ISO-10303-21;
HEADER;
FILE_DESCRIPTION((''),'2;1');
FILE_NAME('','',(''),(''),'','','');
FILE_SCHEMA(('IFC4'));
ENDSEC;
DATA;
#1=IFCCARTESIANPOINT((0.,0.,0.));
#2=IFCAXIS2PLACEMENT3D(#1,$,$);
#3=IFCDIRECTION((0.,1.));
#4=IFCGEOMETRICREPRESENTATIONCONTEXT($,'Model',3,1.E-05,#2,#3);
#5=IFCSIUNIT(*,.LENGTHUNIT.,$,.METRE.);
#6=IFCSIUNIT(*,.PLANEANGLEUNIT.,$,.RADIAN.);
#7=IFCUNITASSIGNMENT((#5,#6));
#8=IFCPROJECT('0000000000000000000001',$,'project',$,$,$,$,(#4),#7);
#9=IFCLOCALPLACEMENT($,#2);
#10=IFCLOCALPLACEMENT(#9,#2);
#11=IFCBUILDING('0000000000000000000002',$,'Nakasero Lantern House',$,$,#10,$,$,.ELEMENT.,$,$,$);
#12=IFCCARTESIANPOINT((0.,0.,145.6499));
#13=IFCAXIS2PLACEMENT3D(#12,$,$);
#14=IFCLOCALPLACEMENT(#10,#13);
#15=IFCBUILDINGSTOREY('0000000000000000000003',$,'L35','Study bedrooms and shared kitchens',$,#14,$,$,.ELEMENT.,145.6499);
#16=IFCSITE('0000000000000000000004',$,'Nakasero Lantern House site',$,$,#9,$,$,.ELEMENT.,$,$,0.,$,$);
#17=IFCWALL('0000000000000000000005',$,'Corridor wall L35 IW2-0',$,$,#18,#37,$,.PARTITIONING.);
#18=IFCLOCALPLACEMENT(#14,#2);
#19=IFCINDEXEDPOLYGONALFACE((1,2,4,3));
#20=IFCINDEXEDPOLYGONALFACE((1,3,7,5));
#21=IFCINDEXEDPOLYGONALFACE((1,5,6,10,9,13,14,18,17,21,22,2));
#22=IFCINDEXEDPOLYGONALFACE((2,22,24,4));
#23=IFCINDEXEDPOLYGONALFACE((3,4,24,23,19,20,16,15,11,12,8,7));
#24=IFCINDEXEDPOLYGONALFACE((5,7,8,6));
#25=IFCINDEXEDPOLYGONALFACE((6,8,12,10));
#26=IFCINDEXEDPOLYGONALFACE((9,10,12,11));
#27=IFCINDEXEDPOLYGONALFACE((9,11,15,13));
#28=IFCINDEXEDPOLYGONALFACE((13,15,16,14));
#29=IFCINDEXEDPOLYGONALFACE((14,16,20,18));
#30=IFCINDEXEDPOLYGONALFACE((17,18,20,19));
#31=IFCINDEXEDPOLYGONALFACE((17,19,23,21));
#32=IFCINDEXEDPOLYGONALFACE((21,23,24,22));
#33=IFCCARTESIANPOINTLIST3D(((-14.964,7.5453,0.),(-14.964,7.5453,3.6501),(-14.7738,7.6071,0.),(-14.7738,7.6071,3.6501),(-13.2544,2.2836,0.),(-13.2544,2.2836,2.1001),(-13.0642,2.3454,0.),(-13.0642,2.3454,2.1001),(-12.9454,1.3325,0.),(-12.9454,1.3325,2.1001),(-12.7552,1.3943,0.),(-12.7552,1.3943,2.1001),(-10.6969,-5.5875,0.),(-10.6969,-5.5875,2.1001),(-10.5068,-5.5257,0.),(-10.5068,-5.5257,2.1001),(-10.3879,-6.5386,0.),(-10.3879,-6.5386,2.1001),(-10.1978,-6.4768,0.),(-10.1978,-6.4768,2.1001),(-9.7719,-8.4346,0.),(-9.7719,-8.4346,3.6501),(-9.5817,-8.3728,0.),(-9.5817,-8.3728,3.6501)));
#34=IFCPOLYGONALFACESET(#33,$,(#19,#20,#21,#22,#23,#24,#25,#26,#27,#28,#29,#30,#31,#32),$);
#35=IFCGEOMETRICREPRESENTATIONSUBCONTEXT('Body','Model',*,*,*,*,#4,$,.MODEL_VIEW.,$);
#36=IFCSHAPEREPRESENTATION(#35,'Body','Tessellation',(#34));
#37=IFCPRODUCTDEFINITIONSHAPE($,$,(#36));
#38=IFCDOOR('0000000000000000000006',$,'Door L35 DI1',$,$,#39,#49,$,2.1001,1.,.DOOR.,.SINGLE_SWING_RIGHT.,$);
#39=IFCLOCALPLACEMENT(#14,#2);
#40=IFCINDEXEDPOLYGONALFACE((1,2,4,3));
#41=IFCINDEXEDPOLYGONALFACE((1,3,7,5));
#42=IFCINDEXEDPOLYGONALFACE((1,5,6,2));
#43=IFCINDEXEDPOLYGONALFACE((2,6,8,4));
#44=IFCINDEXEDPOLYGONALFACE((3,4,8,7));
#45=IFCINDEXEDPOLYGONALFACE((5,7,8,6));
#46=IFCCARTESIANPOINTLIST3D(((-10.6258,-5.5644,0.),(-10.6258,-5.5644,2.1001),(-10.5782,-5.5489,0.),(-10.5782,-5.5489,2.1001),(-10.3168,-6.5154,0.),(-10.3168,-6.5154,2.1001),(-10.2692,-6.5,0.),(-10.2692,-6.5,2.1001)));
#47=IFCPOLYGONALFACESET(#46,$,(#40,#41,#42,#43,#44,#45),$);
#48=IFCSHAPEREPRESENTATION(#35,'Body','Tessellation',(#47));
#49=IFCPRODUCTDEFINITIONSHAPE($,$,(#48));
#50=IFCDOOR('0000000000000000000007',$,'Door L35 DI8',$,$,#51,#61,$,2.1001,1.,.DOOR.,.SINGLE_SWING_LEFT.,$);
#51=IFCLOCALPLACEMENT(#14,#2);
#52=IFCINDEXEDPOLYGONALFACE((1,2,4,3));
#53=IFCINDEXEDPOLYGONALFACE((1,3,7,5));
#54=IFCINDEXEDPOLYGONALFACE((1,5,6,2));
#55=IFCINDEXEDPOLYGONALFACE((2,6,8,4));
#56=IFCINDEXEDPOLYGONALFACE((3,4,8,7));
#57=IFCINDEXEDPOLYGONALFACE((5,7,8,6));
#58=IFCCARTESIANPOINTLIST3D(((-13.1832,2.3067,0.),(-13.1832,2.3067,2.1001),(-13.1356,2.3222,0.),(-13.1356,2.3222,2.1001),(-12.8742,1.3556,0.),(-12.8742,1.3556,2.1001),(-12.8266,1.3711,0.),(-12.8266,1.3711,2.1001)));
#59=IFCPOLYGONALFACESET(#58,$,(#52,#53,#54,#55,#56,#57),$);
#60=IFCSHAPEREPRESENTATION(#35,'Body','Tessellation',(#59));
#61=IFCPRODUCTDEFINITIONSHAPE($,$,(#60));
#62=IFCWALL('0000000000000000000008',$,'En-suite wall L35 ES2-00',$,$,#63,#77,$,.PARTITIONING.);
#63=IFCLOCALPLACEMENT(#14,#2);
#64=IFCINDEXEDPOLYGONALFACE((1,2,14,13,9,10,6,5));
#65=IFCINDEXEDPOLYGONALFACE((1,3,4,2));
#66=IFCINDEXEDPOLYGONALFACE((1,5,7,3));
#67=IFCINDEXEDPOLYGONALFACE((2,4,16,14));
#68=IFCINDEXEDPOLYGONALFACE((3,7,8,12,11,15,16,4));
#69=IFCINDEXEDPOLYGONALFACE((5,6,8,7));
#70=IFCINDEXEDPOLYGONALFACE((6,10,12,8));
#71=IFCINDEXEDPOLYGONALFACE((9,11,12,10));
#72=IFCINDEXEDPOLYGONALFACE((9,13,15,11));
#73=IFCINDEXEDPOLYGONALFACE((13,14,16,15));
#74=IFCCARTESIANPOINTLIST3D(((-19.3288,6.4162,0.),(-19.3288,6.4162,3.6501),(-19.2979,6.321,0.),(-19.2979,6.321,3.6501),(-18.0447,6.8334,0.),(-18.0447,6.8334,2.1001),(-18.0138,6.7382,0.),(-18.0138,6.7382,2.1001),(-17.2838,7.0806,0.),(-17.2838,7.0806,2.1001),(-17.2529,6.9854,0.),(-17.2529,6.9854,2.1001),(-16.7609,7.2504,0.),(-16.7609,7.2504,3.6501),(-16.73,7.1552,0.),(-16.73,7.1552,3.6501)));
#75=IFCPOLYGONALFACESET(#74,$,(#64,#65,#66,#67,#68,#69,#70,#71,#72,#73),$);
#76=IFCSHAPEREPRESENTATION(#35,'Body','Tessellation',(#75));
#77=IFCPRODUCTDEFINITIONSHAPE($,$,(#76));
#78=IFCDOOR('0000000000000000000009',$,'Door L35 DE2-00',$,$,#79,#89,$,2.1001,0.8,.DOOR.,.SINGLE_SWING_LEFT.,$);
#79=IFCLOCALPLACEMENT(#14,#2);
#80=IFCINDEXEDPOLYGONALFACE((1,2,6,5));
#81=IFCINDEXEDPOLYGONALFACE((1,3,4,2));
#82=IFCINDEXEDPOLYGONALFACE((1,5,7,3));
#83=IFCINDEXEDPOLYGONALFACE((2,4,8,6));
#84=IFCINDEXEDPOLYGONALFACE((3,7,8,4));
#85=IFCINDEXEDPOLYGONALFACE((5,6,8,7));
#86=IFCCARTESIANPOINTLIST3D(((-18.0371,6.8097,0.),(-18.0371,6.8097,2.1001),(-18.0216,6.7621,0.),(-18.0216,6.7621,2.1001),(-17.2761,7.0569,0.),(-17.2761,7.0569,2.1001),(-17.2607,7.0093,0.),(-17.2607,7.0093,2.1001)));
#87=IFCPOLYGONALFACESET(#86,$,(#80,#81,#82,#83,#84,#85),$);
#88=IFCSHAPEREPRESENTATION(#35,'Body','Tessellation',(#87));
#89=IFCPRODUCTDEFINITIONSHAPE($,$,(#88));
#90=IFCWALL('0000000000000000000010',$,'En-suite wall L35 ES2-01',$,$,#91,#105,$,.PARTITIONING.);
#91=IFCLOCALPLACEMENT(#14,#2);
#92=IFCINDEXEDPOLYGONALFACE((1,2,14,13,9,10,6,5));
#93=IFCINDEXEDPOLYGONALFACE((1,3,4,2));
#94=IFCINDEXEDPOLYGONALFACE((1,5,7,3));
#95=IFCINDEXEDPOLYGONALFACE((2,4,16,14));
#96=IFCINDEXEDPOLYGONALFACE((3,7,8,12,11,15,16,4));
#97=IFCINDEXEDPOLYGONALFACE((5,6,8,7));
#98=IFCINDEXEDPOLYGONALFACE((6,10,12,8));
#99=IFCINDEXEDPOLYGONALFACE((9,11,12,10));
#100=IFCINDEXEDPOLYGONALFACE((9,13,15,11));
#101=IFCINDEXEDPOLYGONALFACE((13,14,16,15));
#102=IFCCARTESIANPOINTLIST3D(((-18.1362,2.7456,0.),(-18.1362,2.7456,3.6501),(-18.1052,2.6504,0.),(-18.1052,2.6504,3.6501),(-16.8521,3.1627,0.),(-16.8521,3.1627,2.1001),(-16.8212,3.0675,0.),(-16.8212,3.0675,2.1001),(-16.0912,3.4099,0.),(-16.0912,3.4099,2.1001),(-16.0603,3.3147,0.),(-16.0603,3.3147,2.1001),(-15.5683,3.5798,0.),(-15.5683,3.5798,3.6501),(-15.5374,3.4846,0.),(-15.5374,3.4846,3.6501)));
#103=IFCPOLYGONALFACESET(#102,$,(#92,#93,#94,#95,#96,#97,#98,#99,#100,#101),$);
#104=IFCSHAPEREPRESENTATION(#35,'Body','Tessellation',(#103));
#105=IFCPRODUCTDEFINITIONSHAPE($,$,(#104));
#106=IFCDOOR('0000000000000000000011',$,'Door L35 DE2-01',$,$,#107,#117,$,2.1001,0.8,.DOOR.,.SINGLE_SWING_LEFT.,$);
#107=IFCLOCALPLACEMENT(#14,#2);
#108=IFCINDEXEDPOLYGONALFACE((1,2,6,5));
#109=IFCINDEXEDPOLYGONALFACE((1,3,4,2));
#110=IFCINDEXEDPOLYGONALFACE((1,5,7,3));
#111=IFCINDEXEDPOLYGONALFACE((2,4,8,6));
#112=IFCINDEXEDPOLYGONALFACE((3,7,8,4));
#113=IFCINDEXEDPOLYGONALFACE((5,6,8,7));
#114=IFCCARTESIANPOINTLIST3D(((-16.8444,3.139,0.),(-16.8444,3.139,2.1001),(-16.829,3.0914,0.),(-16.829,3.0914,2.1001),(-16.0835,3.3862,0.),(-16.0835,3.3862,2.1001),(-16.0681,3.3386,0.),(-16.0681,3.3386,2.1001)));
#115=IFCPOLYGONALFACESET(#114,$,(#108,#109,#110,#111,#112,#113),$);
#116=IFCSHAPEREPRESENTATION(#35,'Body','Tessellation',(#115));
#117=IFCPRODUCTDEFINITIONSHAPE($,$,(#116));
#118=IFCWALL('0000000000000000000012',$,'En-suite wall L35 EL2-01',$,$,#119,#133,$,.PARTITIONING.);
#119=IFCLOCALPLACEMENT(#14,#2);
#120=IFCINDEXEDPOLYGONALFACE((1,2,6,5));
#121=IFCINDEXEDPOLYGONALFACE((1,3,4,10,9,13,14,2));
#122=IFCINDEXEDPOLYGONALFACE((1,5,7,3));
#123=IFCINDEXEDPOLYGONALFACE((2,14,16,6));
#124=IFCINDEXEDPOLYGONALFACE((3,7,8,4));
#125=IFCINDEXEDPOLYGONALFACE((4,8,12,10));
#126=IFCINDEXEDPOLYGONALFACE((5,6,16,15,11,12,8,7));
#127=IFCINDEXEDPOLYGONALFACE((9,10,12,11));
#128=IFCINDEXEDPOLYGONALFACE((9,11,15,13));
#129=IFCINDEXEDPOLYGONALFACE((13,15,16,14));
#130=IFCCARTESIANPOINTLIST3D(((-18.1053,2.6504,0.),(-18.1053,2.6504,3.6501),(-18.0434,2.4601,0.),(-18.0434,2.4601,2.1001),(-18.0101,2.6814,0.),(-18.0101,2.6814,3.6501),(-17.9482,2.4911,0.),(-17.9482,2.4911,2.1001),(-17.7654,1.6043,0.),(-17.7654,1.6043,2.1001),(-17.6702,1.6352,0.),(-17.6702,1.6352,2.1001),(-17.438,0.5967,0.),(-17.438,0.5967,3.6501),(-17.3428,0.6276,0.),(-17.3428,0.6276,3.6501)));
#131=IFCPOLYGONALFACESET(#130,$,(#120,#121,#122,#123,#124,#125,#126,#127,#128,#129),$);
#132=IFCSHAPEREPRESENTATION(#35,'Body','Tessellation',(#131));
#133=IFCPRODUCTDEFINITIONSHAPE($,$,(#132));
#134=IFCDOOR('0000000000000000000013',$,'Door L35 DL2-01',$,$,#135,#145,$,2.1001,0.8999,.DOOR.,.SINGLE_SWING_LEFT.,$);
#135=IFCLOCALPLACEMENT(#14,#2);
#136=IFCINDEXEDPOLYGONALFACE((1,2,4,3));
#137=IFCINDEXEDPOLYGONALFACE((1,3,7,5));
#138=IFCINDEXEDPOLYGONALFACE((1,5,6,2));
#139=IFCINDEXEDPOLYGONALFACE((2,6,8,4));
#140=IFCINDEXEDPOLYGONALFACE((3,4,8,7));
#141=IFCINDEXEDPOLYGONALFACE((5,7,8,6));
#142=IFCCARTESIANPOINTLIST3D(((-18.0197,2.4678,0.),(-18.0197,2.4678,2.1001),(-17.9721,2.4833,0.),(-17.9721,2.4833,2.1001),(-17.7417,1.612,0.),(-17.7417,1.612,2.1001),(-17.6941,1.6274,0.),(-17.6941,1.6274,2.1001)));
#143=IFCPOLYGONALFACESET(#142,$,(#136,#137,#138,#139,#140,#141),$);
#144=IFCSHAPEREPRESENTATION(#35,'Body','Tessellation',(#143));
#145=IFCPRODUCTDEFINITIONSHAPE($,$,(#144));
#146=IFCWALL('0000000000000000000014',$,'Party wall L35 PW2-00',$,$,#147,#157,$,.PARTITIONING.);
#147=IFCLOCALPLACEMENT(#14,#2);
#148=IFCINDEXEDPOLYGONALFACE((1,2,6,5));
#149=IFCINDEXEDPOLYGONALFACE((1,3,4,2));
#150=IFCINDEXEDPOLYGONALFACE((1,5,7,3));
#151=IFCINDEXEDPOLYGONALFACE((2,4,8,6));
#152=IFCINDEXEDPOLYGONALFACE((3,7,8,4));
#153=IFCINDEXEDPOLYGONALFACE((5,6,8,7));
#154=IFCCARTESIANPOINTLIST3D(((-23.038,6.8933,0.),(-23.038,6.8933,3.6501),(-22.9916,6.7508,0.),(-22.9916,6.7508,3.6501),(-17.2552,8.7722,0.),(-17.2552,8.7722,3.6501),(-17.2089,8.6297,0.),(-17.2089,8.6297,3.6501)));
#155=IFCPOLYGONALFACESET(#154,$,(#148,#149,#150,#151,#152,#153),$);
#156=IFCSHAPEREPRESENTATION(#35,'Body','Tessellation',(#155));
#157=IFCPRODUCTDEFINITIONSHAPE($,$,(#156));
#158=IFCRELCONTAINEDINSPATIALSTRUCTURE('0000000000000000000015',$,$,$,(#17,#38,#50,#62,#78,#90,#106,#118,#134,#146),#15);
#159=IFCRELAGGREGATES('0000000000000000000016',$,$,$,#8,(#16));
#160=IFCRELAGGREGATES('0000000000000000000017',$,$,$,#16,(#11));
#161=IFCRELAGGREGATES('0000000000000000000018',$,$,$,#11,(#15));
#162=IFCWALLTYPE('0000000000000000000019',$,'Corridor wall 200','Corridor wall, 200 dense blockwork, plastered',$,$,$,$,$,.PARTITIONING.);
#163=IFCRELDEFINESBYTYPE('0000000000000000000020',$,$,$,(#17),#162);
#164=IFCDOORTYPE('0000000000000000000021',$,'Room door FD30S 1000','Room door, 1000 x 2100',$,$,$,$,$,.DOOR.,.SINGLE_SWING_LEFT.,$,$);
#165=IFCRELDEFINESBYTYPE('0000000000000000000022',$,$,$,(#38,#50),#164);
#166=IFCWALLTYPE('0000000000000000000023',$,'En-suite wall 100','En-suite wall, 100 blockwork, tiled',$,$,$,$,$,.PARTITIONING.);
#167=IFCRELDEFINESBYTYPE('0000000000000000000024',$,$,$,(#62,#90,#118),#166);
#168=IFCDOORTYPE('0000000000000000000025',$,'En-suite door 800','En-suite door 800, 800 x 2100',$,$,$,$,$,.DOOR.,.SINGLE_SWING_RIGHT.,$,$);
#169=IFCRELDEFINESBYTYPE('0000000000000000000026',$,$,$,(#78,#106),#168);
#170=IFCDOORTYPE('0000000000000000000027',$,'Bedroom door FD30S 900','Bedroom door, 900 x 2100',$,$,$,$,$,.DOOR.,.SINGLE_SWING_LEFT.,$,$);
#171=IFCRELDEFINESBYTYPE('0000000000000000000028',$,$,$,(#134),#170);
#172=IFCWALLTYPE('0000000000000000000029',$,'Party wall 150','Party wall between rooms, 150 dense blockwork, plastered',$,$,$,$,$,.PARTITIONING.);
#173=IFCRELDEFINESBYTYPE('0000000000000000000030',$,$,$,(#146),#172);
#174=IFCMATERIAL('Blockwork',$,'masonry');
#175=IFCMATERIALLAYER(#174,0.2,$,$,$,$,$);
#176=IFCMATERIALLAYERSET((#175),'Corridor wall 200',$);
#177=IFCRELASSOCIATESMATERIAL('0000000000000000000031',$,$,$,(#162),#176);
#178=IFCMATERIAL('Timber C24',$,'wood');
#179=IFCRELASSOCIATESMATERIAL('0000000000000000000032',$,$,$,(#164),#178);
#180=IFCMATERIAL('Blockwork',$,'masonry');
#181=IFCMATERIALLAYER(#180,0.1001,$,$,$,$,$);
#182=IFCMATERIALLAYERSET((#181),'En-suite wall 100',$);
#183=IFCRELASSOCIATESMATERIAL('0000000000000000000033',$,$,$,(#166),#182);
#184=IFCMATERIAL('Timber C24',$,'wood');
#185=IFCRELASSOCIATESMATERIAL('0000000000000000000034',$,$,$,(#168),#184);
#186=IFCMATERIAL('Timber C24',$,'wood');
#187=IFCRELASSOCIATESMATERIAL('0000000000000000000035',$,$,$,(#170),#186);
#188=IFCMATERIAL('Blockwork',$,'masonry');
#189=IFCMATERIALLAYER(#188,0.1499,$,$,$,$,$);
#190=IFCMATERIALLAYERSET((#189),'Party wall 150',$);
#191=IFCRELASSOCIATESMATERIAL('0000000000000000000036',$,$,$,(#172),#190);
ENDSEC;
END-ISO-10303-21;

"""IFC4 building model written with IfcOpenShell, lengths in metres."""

from ifc_helpers import new_model, si_unit, direction, frame, frame_2d, origin, place, context, subcontext, project, spatial, rectangle, extrude, material, layer, layer_set, type_object, element, fill, save


model = new_model("IFC4")

# Units and contexts
model_context = context("Model", 3, precision=1e-05, world=origin(), true_north=direction((0.0, 1.0)))
body_context = subcontext(model_context, "Body", "Model", "MODEL_VIEW")
ifc_project = project(units=[si_unit("LENGTHUNIT", "METRE"), si_unit("PLANEANGLEUNIT", "RADIAN")], contexts=[model_context])

# Site, building, storey
site_placement = place(None, origin())
site = spatial("IfcSite", under=ifc_project, at=site_placement, Name="Nakasero Lantern House site", CompositionType="ELEMENT", RefElevation=0.0)
building_placement = place(site_placement, origin())
building = spatial("IfcBuilding", under=site, at=building_placement, Name="Nakasero Lantern House", CompositionType="ELEMENT")
storey_placement = place(building_placement, frame((0.0, 0.0, 145.6499)))
storey = spatial("IfcBuildingStorey", under=building, at=storey_placement, Name="L35", Description="Study bedrooms and shared kitchens", CompositionType="ELEMENT", Elevation=145.6499)

# Wall, openings, doors
ifc_material_1 = material(Name="Blockwork", Category="masonry")
ifc_layer_1 = layer(ifc_material_1, 0.2)
ifc_layer_set_1 = layer_set([ifc_layer_1], Name="Corridor wall 200")
wall_type_1 = type_object("IfcWallType", Name="Corridor wall 200", Description="Corridor wall, 200 dense blockwork, plastered", PredefinedType="PARTITIONING", material=ifc_layer_set_1)
wall_1_placement = place(storey_placement, frame((-14.8689, 7.5762, 0.0), z_axis=(0.0, 0.0, 1.0), x_axis=(0.309013, -0.951058, 0.0)))
wall_1 = element("IfcWall", 1, at=wall_1_placement, inside=storey, type_object=wall_type_1, Name="Corridor wall L35 IW2-0", PredefinedType="PARTITIONING", context=body_context, shape_type="SweptSolid", body=[
    extrude(rectangle(XDim=16.8022, YDim=0.2, at=frame_2d((8.4011, 0.0))), origin(), (0.0, 0.0, 1.0), 3.6501),
])
opening_1_placement = place(wall_1_placement, frame((13.8086, 0.0, 0.0)))
opening_1 = element("IfcOpeningElement", 2, at=opening_1_placement, cuts=wall_1, PredefinedType="OPENING", context=body_context, shape_type="SweptSolid", body=[
    extrude(rectangle(XDim=1.0, YDim=2.1001, at=frame_2d((0.5, 1.05))), frame((0.0, 0.1199, 0.0), z_axis=(0.0, -1.0, 0.0), x_axis=(1.0, 0.0, 0.0)), (0.0, 0.0, 1.0), 0.24),
])
opening_2_placement = place(wall_1_placement, frame((5.5325, 0.0, 0.0)))
opening_2 = element("IfcOpeningElement", 3, at=opening_2_placement, cuts=wall_1, PredefinedType="OPENING", context=body_context, shape_type="SweptSolid", body=[
    extrude(rectangle(XDim=1.0, YDim=2.1001, at=frame_2d((0.5, 1.05))), frame((0.0, 0.1199, 0.0), z_axis=(0.0, -1.0, 0.0), x_axis=(1.0, 0.0, 0.0)), (0.0, 0.0, 1.0), 0.24),
])
ifc_material_2 = material(Name="Timber C24", Category="wood")
door_type_1 = type_object("IfcDoorType", Name="Room door FD30S 1000", Description="Room door, 1000 x 2100", OperationType="SINGLE_SWING_LEFT", PredefinedType="DOOR", material=ifc_material_2)
door_1_placement = place(opening_1_placement, origin())
door_1 = element("IfcDoor", 4, at=door_1_placement, inside=storey, type_object=door_type_1, Name="Door L35 DI1", OperationType="SINGLE_SWING_RIGHT", OverallHeight=2.1001, OverallWidth=1.0, PredefinedType="DOOR", context=body_context, shape_type="SweptSolid", body=[
    extrude(rectangle(XDim=1.0, YDim=2.1001, at=frame_2d((0.5, 1.05))), frame((0.0, 0.0249, 0.0), z_axis=(0.0, -1.0, 0.0), x_axis=(1.0, 0.0, 0.0)), (0.0, 0.0, 1.0), 0.05),
])
fill(opening_1, door_1)
door_2_placement = place(opening_2_placement, origin())
door_2 = element("IfcDoor", 5, at=door_2_placement, inside=storey, type_object=door_type_1, Name="Door L35 DI8", OperationType="SINGLE_SWING_LEFT", OverallHeight=2.1001, OverallWidth=1.0, PredefinedType="DOOR", context=body_context, shape_type="SweptSolid", body=[
    extrude(rectangle(XDim=1.0, YDim=2.1001, at=frame_2d((0.5, 1.05))), frame((0.0, 0.0249, 0.0), z_axis=(0.0, -1.0, 0.0), x_axis=(1.0, 0.0, 0.0)), (0.0, 0.0, 1.0), 0.05),
])
fill(opening_2, door_2)

# Walls, openings, doors
ifc_material_3 = material(Name="Blockwork", Category="masonry")
ifc_layer_2 = layer(ifc_material_3, 0.1001)
ifc_layer_set_2 = layer_set([ifc_layer_2], Name="En-suite wall 100")
wall_type_2 = type_object("IfcWallType", Name="En-suite wall 100", Description="En-suite wall, 100 blockwork, tiled", PredefinedType="PARTITIONING", material=ifc_layer_set_2)
wall_2_placement = place(storey_placement, frame((-16.7454, 7.2029, 0.0), z_axis=(0.0, 0.0, 1.0), x_axis=(-0.95107, -0.308976, 0.0)))
wall_2 = element("IfcWall", 6, at=wall_2_placement, inside=storey, type_object=wall_type_2, Name="En-suite wall L35 ES2-00", PredefinedType="PARTITIONING", context=body_context, shape_type="SweptSolid", body=[
    extrude(rectangle(XDim=2.7, YDim=0.1001, at=frame_2d((1.3501, 0.0))), origin(), (0.0, 0.0, 1.0), 3.6501),
])
opening_3_placement = place(wall_2_placement, frame((0.55, 0.0, 0.0)))
opening_3 = element("IfcOpeningElement", 7, at=opening_3_placement, cuts=wall_2, PredefinedType="OPENING", context=body_context, shape_type="SweptSolid", body=[
    extrude(rectangle(XDim=0.8, YDim=2.1001, at=frame_2d((0.3999, 1.05))), frame((0.0, 0.0701, 0.0), z_axis=(0.0, -1.0, 0.0), x_axis=(1.0, 0.0, 0.0)), (0.0, 0.0, 1.0), 0.1401),
])
ifc_material_4 = material(Name="Timber C24", Category="wood")
door_type_2 = type_object("IfcDoorType", Name="En-suite door 800", Description="En-suite door 800, 800 x 2100", OperationType="SINGLE_SWING_RIGHT", PredefinedType="DOOR", material=ifc_material_4)
door_3_placement = place(opening_3_placement, origin())
door_3 = element("IfcDoor", 8, at=door_3_placement, inside=storey, type_object=door_type_2, Name="Door L35 DE2-00", OperationType="SINGLE_SWING_LEFT", OverallHeight=2.1001, OverallWidth=0.8, PredefinedType="DOOR", context=body_context, shape_type="SweptSolid", body=[
    extrude(rectangle(XDim=0.8, YDim=2.1001, at=frame_2d((0.3999, 1.05))), frame((0.0, 0.0249, 0.0), z_axis=(0.0, -1.0, 0.0), x_axis=(1.0, 0.0, 0.0)), (0.0, 0.0, 1.0), 0.05),
])
fill(opening_3, door_3)
wall_3_placement = place(storey_placement, frame((-15.5527, 3.5322, 0.0), z_axis=(0.0, 0.0, 1.0), x_axis=(-0.95107, -0.308976, 0.0)))
wall_3 = element("IfcWall", 9, at=wall_3_placement, inside=storey, type_object=wall_type_2, Name="En-suite wall L35 ES2-01", PredefinedType="PARTITIONING", context=body_context, shape_type="SweptSolid", body=[
    extrude(rectangle(XDim=2.7, YDim=0.1001, at=frame_2d((1.3501, 0.0))), origin(), (0.0, 0.0, 1.0), 3.6501),
])
opening_4_placement = place(wall_3_placement, frame((0.55, 0.0, 0.0)))
opening_4 = element("IfcOpeningElement", 10, at=opening_4_placement, cuts=wall_3, PredefinedType="OPENING", context=body_context, shape_type="SweptSolid", body=[
    extrude(rectangle(XDim=0.8, YDim=2.1001, at=frame_2d((0.3999, 1.05))), frame((0.0, 0.0701, 0.0), z_axis=(0.0, -1.0, 0.0), x_axis=(1.0, 0.0, 0.0)), (0.0, 0.0, 1.0), 0.1401),
])
door_4_placement = place(opening_4_placement, origin())
door_4 = element("IfcDoor", 11, at=door_4_placement, inside=storey, type_object=door_type_2, Name="Door L35 DE2-01", OperationType="SINGLE_SWING_LEFT", OverallHeight=2.1001, OverallWidth=0.8, PredefinedType="DOOR", context=body_context, shape_type="SweptSolid", body=[
    extrude(rectangle(XDim=0.8, YDim=2.1001, at=frame_2d((0.3999, 1.05))), frame((0.0, 0.0249, 0.0), z_axis=(0.0, -1.0, 0.0), x_axis=(1.0, 0.0, 0.0)), (0.0, 0.0, 1.0), 0.05),
])
fill(opening_4, door_4)
wall_4_placement = place(storey_placement, frame((-18.0576, 2.6658, 0.0), z_axis=(0.0, 0.0, 1.0), x_axis=(0.308994, -0.951064, 0.0)))
wall_4 = element("IfcWall", 12, at=wall_4_placement, inside=storey, type_object=wall_type_2, Name="En-suite wall L35 EL2-01", PredefinedType="PARTITIONING", context=body_context, shape_type="SweptSolid", body=[
    extrude(rectangle(XDim=2.1594, YDim=0.1001, at=frame_2d((1.0796, 0.0))), origin(), (0.0, 0.0, 1.0), 3.6501),
])
opening_5_placement = place(wall_4_placement, frame((0.2, 0.0, 0.0)))
opening_5 = element("IfcOpeningElement", 13, at=opening_5_placement, cuts=wall_4, PredefinedType="OPENING", context=body_context, shape_type="SweptSolid", body=[
    extrude(rectangle(XDim=0.8999, YDim=2.1001, at=frame_2d((0.45, 1.05))), frame((0.0, 0.0701, 0.0), z_axis=(0.0, -1.0, 0.0), x_axis=(1.0, 0.0, 0.0)), (0.0, 0.0, 1.0), 0.1401),
])
ifc_material_5 = material(Name="Timber C24", Category="wood")
door_type_3 = type_object("IfcDoorType", Name="Bedroom door FD30S 900", Description="Bedroom door, 900 x 2100", OperationType="SINGLE_SWING_LEFT", PredefinedType="DOOR", material=ifc_material_5)
door_5_placement = place(opening_5_placement, origin())
door_5 = element("IfcDoor", 14, at=door_5_placement, inside=storey, type_object=door_type_3, Name="Door L35 DL2-01", OperationType="SINGLE_SWING_LEFT", OverallHeight=2.1001, OverallWidth=0.8999, PredefinedType="DOOR", context=body_context, shape_type="SweptSolid", body=[
    extrude(rectangle(XDim=0.8999, YDim=2.1001, at=frame_2d((0.45, 1.05))), frame((0.0, 0.0249, 0.0), z_axis=(0.0, -1.0, 0.0), x_axis=(1.0, 0.0, 0.0)), (0.0, 0.0, 1.0), 0.05),
])
fill(opening_5, door_5)

# Wall
ifc_material_6 = material(Name="Blockwork", Category="masonry")
ifc_layer_3 = layer(ifc_material_6, 0.1499)
ifc_layer_set_3 = layer_set([ifc_layer_3], Name="Party wall 150")
wall_type_3 = type_object("IfcWallType", Name="Party wall 150", Description="Party wall between rooms, 150 dense blockwork, plastered", PredefinedType="PARTITIONING", material=ifc_layer_set_3)
wall_5_placement = place(storey_placement, frame((-17.2322, 8.7009, 0.0), z_axis=(0.0, 0.0, 1.0), x_axis=(-0.951057, -0.309015, 0.0)))
element("IfcWall", 15, at=wall_5_placement, inside=storey, type_object=wall_type_3, Name="Party wall L35 PW2-00", PredefinedType="PARTITIONING", context=body_context, shape_type="SweptSolid", body=[
    extrude(rectangle(XDim=6.0803, YDim=0.1499, at=frame_2d((3.04, 0.0))), origin(), (0.0, 0.0, 1.0), 3.6501),
])

save(model, "model.ifc")
